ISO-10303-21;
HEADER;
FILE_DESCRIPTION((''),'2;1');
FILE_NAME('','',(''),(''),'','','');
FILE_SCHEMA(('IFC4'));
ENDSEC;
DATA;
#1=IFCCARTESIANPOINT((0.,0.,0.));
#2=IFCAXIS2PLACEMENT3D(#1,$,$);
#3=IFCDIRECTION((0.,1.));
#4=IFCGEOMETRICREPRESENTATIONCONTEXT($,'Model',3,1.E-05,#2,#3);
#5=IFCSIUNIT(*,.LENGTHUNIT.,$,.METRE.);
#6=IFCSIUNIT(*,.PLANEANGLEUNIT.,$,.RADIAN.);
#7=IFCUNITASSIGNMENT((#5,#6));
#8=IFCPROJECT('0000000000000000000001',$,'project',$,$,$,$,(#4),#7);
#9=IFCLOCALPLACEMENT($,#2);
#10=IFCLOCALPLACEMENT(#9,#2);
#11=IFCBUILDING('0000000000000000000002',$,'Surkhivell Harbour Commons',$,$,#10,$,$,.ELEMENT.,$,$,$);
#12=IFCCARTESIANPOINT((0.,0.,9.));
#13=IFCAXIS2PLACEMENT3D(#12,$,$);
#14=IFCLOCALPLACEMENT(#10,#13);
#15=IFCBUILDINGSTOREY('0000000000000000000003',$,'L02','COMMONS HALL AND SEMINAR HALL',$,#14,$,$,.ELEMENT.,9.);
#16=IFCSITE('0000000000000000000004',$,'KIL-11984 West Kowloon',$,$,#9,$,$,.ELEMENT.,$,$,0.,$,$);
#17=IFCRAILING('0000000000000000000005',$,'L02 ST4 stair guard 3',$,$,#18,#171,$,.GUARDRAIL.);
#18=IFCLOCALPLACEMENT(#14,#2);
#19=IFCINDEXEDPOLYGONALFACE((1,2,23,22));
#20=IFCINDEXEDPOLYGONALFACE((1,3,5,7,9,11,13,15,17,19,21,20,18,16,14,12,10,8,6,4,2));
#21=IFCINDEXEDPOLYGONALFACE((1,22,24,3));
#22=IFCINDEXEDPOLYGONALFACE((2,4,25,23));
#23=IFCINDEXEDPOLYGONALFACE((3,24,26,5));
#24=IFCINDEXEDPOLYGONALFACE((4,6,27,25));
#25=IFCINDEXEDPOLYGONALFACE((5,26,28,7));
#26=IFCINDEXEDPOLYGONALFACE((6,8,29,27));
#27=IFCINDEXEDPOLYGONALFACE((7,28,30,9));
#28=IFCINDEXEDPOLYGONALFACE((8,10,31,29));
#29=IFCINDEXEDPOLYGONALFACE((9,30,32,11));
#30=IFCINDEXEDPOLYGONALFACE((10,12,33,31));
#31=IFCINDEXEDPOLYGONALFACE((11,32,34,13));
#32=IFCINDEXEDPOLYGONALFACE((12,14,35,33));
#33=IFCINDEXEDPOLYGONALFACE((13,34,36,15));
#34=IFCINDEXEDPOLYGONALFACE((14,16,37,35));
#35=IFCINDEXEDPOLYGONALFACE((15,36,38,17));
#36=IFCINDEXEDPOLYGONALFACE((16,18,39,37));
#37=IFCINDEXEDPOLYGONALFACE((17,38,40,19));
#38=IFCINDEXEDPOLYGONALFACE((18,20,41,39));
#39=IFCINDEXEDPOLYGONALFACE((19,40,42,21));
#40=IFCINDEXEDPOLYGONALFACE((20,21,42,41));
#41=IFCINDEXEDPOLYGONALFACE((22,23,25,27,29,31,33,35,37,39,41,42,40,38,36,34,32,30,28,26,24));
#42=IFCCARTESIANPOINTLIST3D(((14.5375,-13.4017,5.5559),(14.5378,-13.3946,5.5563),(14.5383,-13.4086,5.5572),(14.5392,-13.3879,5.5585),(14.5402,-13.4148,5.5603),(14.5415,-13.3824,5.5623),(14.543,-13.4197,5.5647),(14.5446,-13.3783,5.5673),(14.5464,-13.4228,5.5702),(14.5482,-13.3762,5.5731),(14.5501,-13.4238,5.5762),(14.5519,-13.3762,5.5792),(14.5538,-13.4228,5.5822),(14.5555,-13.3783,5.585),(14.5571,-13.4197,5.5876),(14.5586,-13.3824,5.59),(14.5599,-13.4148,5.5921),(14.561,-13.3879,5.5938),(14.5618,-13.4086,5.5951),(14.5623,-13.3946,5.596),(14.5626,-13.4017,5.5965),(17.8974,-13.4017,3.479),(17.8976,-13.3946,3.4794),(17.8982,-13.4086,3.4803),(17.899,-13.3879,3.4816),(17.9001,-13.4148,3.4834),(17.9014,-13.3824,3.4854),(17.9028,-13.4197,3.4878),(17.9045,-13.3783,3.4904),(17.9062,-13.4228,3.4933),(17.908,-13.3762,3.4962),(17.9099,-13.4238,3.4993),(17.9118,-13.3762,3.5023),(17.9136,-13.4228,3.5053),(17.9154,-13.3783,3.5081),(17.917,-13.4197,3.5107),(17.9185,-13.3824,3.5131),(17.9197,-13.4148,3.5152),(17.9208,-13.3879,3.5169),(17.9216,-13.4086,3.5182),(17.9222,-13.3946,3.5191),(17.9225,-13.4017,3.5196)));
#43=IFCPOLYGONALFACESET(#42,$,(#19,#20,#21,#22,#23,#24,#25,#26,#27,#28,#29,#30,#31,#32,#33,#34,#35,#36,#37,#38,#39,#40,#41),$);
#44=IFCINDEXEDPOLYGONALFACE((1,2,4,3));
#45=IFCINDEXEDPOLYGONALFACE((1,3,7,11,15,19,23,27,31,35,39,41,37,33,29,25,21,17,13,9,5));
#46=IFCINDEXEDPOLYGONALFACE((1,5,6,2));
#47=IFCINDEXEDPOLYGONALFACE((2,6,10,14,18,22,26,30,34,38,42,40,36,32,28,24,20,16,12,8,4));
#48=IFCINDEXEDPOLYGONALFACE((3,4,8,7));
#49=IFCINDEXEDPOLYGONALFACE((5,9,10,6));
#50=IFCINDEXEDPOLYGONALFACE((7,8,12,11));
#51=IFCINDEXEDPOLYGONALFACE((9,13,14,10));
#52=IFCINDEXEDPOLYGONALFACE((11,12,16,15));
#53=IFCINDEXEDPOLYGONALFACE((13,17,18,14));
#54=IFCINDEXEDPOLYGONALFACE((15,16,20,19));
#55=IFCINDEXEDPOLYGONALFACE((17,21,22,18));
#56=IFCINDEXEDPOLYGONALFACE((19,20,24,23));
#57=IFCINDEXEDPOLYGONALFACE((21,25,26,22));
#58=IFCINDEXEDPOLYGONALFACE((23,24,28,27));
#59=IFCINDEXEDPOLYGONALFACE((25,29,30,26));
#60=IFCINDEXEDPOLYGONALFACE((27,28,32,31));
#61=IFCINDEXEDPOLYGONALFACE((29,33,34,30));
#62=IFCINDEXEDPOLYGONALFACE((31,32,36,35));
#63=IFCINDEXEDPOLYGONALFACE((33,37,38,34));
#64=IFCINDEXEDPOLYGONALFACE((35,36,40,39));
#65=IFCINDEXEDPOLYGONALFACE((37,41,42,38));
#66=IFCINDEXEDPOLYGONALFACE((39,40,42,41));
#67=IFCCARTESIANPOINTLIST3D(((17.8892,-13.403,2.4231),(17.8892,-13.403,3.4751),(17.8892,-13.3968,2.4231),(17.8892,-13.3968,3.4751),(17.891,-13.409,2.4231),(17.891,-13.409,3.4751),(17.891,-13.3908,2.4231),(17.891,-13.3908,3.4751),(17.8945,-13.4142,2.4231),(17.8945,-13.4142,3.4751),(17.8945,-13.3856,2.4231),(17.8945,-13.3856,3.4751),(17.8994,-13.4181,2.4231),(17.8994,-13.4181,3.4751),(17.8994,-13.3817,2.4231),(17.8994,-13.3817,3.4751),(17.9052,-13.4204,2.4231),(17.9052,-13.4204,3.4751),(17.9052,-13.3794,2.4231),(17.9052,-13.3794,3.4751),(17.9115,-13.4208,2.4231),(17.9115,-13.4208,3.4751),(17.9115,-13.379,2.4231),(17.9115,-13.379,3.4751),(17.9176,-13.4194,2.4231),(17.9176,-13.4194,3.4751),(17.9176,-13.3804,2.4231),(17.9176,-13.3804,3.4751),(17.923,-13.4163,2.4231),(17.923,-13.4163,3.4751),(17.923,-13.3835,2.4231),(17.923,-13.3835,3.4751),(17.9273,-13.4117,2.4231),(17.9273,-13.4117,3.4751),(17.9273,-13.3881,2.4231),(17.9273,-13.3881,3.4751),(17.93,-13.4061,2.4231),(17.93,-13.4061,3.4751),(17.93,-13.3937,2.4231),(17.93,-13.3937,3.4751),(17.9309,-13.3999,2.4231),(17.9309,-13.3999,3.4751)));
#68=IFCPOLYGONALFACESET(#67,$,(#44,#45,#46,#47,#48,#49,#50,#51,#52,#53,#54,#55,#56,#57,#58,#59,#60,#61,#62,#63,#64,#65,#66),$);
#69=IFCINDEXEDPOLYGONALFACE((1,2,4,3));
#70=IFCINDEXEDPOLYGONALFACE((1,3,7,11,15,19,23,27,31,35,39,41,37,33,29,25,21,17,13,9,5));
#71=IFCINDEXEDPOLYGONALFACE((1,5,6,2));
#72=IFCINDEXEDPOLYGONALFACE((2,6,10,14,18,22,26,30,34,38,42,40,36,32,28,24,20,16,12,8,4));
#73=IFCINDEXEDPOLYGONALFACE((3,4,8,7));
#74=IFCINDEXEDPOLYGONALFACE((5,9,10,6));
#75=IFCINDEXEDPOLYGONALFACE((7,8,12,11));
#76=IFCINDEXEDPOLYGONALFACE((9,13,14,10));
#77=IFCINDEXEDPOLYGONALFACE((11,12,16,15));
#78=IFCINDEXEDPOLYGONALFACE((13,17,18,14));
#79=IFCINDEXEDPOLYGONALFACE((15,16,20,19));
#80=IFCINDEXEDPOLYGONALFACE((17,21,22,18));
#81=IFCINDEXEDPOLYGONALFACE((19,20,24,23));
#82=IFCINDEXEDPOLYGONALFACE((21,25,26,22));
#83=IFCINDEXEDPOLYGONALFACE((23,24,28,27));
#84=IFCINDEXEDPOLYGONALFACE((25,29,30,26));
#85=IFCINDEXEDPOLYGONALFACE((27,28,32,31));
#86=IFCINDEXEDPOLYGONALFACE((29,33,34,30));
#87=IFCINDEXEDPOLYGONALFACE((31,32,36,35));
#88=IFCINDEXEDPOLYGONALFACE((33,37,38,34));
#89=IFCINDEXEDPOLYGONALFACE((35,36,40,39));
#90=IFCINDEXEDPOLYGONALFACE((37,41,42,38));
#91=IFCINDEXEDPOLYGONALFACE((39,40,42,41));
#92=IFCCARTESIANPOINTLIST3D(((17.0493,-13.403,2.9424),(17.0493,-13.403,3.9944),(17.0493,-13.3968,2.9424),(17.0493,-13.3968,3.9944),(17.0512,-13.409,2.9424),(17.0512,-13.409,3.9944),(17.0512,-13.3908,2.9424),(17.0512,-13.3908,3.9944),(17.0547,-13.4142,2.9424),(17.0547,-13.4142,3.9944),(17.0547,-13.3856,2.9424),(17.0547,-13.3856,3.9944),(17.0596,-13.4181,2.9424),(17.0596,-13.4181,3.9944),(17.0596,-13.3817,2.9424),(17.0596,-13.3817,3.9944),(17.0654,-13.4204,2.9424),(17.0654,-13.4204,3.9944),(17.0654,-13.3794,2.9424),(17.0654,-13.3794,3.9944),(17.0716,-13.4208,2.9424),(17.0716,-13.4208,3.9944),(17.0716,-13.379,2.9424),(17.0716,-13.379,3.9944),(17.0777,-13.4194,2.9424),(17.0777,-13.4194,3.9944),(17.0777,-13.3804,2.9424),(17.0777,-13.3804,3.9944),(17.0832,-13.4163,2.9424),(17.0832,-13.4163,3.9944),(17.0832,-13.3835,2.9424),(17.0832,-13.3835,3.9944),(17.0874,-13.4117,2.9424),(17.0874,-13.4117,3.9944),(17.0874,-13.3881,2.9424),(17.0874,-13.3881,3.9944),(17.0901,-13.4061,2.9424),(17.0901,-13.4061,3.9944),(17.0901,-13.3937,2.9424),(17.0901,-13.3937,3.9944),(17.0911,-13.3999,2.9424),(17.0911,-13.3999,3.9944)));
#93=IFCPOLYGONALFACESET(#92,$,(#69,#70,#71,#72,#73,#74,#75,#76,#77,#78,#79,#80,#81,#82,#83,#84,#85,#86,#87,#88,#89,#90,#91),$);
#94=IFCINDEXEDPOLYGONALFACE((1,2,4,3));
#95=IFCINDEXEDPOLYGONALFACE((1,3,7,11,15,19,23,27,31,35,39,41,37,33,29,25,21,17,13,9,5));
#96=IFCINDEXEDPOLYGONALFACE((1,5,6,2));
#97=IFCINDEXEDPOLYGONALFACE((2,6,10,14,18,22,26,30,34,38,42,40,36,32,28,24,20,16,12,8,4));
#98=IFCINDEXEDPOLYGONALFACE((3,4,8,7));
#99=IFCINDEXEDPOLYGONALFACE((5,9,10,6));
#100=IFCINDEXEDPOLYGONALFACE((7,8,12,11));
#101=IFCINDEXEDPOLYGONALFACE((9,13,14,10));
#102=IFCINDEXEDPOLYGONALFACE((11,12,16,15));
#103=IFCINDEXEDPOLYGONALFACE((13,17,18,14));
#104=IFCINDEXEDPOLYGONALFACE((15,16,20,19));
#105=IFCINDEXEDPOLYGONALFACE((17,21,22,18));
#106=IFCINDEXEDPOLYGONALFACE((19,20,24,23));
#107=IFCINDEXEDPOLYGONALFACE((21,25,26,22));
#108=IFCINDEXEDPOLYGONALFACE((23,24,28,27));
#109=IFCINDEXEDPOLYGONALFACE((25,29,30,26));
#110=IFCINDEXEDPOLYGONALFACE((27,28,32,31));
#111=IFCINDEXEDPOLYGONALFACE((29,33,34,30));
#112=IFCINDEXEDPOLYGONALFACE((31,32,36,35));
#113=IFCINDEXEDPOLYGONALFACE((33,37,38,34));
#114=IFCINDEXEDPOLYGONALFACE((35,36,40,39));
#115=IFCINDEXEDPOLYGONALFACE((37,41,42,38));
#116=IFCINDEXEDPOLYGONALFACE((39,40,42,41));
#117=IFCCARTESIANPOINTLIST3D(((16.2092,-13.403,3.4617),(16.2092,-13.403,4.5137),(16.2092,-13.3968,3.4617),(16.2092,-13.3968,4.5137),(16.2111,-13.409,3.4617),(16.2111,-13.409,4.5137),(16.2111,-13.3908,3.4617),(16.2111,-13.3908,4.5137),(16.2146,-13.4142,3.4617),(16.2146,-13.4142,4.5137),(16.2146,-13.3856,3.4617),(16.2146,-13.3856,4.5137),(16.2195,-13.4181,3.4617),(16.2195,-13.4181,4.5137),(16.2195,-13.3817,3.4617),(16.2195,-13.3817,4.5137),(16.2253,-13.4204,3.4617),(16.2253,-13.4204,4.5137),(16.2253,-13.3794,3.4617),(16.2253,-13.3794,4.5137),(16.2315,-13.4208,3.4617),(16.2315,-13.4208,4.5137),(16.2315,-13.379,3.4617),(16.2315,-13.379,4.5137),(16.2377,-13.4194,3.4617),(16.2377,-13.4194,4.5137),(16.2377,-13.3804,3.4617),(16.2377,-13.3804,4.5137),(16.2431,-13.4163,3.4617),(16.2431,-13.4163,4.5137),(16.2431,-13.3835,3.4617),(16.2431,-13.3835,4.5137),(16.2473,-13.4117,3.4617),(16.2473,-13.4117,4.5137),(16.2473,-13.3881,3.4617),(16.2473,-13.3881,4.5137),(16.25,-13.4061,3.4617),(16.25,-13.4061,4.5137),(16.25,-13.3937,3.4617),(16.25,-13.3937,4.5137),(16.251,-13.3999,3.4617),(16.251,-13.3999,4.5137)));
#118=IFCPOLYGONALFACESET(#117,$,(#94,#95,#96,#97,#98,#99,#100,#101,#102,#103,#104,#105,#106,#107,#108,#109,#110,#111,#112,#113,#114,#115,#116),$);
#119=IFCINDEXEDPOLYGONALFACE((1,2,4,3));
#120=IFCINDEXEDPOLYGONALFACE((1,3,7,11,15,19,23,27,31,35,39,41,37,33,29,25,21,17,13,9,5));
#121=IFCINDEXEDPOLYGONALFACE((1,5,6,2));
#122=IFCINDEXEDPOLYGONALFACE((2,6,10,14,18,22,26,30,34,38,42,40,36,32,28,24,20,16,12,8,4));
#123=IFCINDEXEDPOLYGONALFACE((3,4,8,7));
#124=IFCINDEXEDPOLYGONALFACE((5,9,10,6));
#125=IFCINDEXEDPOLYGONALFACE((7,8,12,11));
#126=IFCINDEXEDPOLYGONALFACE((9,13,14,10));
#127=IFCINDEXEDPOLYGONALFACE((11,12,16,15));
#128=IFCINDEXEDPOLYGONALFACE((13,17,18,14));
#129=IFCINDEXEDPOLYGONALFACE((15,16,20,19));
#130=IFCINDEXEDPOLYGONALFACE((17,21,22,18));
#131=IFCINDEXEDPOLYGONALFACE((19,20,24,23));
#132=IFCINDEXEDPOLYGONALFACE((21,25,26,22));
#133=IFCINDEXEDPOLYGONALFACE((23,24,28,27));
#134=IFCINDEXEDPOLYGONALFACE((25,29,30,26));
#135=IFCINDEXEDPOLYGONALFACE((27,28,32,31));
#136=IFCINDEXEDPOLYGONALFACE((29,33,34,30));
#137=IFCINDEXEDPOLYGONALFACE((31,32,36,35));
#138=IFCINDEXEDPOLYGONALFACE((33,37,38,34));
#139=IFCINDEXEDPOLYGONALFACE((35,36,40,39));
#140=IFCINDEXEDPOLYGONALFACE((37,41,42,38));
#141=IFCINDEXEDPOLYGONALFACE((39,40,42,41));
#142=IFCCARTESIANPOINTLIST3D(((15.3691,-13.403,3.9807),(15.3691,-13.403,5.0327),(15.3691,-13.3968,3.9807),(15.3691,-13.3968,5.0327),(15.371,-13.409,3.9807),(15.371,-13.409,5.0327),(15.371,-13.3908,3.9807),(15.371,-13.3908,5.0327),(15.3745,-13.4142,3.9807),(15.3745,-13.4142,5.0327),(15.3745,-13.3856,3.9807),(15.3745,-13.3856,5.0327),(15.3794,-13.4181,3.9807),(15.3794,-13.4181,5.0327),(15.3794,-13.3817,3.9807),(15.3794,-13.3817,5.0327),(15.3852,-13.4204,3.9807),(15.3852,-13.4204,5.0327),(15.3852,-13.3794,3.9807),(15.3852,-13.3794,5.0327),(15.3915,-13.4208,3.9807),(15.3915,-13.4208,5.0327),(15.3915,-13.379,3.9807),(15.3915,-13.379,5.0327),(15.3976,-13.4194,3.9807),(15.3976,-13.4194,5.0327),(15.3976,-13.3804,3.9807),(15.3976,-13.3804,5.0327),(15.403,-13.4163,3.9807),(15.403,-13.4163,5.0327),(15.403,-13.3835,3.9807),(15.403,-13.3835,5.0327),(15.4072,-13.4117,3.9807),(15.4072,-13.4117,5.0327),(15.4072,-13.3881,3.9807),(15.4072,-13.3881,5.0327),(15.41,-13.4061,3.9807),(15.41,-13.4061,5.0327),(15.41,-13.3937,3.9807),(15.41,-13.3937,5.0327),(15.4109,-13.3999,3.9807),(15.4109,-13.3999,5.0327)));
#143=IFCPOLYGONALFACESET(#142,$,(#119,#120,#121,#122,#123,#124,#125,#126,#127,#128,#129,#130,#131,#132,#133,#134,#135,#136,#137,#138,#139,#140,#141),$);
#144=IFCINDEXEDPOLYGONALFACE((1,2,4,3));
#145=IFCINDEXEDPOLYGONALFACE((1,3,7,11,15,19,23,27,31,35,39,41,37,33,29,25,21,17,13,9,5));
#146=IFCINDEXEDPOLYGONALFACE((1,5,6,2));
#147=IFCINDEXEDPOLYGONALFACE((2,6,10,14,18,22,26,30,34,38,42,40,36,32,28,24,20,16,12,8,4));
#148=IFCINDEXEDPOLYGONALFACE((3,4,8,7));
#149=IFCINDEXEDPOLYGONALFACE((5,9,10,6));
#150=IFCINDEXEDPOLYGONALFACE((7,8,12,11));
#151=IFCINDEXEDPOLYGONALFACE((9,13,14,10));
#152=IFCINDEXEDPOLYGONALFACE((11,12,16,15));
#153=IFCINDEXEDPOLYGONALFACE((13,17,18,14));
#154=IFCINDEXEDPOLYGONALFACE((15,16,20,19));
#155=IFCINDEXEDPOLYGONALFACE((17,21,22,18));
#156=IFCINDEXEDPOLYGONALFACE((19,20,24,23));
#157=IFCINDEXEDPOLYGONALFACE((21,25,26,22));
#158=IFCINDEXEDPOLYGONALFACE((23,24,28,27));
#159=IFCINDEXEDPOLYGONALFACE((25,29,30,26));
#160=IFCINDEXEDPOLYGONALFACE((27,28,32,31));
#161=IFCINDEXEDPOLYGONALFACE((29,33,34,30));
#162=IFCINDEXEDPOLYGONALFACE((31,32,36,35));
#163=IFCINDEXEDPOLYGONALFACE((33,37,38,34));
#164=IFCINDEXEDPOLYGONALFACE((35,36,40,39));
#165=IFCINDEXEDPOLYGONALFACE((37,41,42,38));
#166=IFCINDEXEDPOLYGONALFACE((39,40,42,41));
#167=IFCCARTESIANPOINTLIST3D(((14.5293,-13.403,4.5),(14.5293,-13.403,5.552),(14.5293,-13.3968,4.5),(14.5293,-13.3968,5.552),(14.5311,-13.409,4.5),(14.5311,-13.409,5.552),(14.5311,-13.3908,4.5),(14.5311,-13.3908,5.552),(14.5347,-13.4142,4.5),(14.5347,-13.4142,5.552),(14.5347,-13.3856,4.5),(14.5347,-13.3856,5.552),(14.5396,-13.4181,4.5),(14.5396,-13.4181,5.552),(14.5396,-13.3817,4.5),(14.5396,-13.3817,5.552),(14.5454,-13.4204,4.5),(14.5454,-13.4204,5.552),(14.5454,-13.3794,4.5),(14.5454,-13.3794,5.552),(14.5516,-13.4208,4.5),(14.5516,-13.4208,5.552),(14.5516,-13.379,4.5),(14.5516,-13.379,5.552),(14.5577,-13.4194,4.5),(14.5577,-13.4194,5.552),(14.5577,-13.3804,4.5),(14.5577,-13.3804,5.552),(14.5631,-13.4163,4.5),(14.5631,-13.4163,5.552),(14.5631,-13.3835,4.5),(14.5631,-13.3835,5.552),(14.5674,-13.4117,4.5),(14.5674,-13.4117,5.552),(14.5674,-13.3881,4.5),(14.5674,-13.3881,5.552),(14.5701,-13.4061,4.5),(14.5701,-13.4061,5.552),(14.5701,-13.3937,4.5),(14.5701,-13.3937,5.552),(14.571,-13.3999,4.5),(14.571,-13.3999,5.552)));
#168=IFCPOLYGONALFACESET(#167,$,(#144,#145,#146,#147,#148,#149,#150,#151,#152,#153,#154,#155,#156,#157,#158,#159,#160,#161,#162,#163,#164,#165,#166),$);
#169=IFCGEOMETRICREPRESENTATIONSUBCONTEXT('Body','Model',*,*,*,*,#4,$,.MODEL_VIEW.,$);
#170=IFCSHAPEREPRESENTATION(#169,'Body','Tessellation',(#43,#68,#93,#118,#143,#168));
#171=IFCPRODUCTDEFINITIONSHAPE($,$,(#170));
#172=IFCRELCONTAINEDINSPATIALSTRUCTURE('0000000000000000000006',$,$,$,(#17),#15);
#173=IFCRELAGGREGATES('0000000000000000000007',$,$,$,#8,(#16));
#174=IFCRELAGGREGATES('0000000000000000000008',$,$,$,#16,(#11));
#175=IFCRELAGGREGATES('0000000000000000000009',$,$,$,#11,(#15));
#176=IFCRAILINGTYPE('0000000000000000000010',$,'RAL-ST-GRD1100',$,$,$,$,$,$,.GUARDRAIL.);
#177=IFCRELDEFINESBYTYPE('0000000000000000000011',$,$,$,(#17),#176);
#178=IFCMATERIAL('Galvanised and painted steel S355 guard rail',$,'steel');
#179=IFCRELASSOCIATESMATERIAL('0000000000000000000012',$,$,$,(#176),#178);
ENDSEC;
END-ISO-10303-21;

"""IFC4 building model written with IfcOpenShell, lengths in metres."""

from ifc_helpers import new_model, si_unit, direction, frame, origin, origin_2d, place, context, subcontext, project, spatial, circle, extrude, material, type_object, element, save


model = new_model("IFC4")

# Units and contexts
model_context = context("Model", 3, precision=1e-05, world=origin(), true_north=direction((0.0, 1.0)))
body_context = subcontext(model_context, "Body", "Model", "MODEL_VIEW")
ifc_project = project(units=[si_unit("LENGTHUNIT", "METRE"), si_unit("PLANEANGLEUNIT", "RADIAN")], contexts=[model_context])

# Site, building, storey
site_placement = place(None, origin())
site = spatial("IfcSite", under=ifc_project, at=site_placement, Name="KIL-11984 West Kowloon", CompositionType="ELEMENT", RefElevation=0.0)
building_placement = place(site_placement, origin())
building = spatial("IfcBuilding", under=site, at=building_placement, Name="Surkhivell Harbour Commons", CompositionType="ELEMENT")
storey_placement = place(building_placement, frame((0.0, 0.0, 9.0)))
storey = spatial("IfcBuildingStorey", under=building, at=storey_placement, Name="L02", Description="COMMONS HALL AND SEMINAR HALL", CompositionType="ELEMENT", Elevation=9.0)

# Railing
ifc_material_1 = material(Name="Galvanised and painted steel S355 guard rail", Category="steel")
railing_type_1 = type_object("IfcRailingType", Name="RAL-ST-GRD1100", PredefinedType="GUARDRAIL", material=ifc_material_1)
railing_1_placement = place(storey_placement, frame((17.9099, -13.3999, 2.4231)))
element("IfcRailing", 1, at=railing_1_placement, inside=storey, type_object=railing_type_1, Name="L02 ST4 stair guard 3", PredefinedType="GUARDRAIL", context=body_context, shape_type="SweptSolid", body=[
    extrude(circle(Radius=0.0239, at=origin_2d()), frame((0.0, 0.0, 1.0762), z_axis=(-0.850606, 0.0, 0.525803), x_axis=(0.0, -1.0, 0.0)), (0.0, 0.0, 1.0), 3.95),
    extrude(circle(Radius=0.021, at=origin_2d()), origin(), (0.0, 0.0, 1.0), 1.052),
    extrude(circle(Radius=0.021, at=origin_2d()), frame((-0.8398, 0.0, 0.5193)), (0.0, 0.0, 1.0), 1.052),
    extrude(circle(Radius=0.021, at=origin_2d()), frame((-1.6799, 0.0, 1.0386)), (0.0, 0.0, 1.0), 1.052),
    extrude(circle(Radius=0.021, at=origin_2d()), frame((-2.52, 0.0, 1.5576)), (0.0, 0.0, 1.0), 1.052),
    extrude(circle(Radius=0.021, at=origin_2d()), frame((-3.3599, 0.0, 2.0769)), (0.0, 0.0, 1.0), 1.052),
])

save(model, "model.ifc")
